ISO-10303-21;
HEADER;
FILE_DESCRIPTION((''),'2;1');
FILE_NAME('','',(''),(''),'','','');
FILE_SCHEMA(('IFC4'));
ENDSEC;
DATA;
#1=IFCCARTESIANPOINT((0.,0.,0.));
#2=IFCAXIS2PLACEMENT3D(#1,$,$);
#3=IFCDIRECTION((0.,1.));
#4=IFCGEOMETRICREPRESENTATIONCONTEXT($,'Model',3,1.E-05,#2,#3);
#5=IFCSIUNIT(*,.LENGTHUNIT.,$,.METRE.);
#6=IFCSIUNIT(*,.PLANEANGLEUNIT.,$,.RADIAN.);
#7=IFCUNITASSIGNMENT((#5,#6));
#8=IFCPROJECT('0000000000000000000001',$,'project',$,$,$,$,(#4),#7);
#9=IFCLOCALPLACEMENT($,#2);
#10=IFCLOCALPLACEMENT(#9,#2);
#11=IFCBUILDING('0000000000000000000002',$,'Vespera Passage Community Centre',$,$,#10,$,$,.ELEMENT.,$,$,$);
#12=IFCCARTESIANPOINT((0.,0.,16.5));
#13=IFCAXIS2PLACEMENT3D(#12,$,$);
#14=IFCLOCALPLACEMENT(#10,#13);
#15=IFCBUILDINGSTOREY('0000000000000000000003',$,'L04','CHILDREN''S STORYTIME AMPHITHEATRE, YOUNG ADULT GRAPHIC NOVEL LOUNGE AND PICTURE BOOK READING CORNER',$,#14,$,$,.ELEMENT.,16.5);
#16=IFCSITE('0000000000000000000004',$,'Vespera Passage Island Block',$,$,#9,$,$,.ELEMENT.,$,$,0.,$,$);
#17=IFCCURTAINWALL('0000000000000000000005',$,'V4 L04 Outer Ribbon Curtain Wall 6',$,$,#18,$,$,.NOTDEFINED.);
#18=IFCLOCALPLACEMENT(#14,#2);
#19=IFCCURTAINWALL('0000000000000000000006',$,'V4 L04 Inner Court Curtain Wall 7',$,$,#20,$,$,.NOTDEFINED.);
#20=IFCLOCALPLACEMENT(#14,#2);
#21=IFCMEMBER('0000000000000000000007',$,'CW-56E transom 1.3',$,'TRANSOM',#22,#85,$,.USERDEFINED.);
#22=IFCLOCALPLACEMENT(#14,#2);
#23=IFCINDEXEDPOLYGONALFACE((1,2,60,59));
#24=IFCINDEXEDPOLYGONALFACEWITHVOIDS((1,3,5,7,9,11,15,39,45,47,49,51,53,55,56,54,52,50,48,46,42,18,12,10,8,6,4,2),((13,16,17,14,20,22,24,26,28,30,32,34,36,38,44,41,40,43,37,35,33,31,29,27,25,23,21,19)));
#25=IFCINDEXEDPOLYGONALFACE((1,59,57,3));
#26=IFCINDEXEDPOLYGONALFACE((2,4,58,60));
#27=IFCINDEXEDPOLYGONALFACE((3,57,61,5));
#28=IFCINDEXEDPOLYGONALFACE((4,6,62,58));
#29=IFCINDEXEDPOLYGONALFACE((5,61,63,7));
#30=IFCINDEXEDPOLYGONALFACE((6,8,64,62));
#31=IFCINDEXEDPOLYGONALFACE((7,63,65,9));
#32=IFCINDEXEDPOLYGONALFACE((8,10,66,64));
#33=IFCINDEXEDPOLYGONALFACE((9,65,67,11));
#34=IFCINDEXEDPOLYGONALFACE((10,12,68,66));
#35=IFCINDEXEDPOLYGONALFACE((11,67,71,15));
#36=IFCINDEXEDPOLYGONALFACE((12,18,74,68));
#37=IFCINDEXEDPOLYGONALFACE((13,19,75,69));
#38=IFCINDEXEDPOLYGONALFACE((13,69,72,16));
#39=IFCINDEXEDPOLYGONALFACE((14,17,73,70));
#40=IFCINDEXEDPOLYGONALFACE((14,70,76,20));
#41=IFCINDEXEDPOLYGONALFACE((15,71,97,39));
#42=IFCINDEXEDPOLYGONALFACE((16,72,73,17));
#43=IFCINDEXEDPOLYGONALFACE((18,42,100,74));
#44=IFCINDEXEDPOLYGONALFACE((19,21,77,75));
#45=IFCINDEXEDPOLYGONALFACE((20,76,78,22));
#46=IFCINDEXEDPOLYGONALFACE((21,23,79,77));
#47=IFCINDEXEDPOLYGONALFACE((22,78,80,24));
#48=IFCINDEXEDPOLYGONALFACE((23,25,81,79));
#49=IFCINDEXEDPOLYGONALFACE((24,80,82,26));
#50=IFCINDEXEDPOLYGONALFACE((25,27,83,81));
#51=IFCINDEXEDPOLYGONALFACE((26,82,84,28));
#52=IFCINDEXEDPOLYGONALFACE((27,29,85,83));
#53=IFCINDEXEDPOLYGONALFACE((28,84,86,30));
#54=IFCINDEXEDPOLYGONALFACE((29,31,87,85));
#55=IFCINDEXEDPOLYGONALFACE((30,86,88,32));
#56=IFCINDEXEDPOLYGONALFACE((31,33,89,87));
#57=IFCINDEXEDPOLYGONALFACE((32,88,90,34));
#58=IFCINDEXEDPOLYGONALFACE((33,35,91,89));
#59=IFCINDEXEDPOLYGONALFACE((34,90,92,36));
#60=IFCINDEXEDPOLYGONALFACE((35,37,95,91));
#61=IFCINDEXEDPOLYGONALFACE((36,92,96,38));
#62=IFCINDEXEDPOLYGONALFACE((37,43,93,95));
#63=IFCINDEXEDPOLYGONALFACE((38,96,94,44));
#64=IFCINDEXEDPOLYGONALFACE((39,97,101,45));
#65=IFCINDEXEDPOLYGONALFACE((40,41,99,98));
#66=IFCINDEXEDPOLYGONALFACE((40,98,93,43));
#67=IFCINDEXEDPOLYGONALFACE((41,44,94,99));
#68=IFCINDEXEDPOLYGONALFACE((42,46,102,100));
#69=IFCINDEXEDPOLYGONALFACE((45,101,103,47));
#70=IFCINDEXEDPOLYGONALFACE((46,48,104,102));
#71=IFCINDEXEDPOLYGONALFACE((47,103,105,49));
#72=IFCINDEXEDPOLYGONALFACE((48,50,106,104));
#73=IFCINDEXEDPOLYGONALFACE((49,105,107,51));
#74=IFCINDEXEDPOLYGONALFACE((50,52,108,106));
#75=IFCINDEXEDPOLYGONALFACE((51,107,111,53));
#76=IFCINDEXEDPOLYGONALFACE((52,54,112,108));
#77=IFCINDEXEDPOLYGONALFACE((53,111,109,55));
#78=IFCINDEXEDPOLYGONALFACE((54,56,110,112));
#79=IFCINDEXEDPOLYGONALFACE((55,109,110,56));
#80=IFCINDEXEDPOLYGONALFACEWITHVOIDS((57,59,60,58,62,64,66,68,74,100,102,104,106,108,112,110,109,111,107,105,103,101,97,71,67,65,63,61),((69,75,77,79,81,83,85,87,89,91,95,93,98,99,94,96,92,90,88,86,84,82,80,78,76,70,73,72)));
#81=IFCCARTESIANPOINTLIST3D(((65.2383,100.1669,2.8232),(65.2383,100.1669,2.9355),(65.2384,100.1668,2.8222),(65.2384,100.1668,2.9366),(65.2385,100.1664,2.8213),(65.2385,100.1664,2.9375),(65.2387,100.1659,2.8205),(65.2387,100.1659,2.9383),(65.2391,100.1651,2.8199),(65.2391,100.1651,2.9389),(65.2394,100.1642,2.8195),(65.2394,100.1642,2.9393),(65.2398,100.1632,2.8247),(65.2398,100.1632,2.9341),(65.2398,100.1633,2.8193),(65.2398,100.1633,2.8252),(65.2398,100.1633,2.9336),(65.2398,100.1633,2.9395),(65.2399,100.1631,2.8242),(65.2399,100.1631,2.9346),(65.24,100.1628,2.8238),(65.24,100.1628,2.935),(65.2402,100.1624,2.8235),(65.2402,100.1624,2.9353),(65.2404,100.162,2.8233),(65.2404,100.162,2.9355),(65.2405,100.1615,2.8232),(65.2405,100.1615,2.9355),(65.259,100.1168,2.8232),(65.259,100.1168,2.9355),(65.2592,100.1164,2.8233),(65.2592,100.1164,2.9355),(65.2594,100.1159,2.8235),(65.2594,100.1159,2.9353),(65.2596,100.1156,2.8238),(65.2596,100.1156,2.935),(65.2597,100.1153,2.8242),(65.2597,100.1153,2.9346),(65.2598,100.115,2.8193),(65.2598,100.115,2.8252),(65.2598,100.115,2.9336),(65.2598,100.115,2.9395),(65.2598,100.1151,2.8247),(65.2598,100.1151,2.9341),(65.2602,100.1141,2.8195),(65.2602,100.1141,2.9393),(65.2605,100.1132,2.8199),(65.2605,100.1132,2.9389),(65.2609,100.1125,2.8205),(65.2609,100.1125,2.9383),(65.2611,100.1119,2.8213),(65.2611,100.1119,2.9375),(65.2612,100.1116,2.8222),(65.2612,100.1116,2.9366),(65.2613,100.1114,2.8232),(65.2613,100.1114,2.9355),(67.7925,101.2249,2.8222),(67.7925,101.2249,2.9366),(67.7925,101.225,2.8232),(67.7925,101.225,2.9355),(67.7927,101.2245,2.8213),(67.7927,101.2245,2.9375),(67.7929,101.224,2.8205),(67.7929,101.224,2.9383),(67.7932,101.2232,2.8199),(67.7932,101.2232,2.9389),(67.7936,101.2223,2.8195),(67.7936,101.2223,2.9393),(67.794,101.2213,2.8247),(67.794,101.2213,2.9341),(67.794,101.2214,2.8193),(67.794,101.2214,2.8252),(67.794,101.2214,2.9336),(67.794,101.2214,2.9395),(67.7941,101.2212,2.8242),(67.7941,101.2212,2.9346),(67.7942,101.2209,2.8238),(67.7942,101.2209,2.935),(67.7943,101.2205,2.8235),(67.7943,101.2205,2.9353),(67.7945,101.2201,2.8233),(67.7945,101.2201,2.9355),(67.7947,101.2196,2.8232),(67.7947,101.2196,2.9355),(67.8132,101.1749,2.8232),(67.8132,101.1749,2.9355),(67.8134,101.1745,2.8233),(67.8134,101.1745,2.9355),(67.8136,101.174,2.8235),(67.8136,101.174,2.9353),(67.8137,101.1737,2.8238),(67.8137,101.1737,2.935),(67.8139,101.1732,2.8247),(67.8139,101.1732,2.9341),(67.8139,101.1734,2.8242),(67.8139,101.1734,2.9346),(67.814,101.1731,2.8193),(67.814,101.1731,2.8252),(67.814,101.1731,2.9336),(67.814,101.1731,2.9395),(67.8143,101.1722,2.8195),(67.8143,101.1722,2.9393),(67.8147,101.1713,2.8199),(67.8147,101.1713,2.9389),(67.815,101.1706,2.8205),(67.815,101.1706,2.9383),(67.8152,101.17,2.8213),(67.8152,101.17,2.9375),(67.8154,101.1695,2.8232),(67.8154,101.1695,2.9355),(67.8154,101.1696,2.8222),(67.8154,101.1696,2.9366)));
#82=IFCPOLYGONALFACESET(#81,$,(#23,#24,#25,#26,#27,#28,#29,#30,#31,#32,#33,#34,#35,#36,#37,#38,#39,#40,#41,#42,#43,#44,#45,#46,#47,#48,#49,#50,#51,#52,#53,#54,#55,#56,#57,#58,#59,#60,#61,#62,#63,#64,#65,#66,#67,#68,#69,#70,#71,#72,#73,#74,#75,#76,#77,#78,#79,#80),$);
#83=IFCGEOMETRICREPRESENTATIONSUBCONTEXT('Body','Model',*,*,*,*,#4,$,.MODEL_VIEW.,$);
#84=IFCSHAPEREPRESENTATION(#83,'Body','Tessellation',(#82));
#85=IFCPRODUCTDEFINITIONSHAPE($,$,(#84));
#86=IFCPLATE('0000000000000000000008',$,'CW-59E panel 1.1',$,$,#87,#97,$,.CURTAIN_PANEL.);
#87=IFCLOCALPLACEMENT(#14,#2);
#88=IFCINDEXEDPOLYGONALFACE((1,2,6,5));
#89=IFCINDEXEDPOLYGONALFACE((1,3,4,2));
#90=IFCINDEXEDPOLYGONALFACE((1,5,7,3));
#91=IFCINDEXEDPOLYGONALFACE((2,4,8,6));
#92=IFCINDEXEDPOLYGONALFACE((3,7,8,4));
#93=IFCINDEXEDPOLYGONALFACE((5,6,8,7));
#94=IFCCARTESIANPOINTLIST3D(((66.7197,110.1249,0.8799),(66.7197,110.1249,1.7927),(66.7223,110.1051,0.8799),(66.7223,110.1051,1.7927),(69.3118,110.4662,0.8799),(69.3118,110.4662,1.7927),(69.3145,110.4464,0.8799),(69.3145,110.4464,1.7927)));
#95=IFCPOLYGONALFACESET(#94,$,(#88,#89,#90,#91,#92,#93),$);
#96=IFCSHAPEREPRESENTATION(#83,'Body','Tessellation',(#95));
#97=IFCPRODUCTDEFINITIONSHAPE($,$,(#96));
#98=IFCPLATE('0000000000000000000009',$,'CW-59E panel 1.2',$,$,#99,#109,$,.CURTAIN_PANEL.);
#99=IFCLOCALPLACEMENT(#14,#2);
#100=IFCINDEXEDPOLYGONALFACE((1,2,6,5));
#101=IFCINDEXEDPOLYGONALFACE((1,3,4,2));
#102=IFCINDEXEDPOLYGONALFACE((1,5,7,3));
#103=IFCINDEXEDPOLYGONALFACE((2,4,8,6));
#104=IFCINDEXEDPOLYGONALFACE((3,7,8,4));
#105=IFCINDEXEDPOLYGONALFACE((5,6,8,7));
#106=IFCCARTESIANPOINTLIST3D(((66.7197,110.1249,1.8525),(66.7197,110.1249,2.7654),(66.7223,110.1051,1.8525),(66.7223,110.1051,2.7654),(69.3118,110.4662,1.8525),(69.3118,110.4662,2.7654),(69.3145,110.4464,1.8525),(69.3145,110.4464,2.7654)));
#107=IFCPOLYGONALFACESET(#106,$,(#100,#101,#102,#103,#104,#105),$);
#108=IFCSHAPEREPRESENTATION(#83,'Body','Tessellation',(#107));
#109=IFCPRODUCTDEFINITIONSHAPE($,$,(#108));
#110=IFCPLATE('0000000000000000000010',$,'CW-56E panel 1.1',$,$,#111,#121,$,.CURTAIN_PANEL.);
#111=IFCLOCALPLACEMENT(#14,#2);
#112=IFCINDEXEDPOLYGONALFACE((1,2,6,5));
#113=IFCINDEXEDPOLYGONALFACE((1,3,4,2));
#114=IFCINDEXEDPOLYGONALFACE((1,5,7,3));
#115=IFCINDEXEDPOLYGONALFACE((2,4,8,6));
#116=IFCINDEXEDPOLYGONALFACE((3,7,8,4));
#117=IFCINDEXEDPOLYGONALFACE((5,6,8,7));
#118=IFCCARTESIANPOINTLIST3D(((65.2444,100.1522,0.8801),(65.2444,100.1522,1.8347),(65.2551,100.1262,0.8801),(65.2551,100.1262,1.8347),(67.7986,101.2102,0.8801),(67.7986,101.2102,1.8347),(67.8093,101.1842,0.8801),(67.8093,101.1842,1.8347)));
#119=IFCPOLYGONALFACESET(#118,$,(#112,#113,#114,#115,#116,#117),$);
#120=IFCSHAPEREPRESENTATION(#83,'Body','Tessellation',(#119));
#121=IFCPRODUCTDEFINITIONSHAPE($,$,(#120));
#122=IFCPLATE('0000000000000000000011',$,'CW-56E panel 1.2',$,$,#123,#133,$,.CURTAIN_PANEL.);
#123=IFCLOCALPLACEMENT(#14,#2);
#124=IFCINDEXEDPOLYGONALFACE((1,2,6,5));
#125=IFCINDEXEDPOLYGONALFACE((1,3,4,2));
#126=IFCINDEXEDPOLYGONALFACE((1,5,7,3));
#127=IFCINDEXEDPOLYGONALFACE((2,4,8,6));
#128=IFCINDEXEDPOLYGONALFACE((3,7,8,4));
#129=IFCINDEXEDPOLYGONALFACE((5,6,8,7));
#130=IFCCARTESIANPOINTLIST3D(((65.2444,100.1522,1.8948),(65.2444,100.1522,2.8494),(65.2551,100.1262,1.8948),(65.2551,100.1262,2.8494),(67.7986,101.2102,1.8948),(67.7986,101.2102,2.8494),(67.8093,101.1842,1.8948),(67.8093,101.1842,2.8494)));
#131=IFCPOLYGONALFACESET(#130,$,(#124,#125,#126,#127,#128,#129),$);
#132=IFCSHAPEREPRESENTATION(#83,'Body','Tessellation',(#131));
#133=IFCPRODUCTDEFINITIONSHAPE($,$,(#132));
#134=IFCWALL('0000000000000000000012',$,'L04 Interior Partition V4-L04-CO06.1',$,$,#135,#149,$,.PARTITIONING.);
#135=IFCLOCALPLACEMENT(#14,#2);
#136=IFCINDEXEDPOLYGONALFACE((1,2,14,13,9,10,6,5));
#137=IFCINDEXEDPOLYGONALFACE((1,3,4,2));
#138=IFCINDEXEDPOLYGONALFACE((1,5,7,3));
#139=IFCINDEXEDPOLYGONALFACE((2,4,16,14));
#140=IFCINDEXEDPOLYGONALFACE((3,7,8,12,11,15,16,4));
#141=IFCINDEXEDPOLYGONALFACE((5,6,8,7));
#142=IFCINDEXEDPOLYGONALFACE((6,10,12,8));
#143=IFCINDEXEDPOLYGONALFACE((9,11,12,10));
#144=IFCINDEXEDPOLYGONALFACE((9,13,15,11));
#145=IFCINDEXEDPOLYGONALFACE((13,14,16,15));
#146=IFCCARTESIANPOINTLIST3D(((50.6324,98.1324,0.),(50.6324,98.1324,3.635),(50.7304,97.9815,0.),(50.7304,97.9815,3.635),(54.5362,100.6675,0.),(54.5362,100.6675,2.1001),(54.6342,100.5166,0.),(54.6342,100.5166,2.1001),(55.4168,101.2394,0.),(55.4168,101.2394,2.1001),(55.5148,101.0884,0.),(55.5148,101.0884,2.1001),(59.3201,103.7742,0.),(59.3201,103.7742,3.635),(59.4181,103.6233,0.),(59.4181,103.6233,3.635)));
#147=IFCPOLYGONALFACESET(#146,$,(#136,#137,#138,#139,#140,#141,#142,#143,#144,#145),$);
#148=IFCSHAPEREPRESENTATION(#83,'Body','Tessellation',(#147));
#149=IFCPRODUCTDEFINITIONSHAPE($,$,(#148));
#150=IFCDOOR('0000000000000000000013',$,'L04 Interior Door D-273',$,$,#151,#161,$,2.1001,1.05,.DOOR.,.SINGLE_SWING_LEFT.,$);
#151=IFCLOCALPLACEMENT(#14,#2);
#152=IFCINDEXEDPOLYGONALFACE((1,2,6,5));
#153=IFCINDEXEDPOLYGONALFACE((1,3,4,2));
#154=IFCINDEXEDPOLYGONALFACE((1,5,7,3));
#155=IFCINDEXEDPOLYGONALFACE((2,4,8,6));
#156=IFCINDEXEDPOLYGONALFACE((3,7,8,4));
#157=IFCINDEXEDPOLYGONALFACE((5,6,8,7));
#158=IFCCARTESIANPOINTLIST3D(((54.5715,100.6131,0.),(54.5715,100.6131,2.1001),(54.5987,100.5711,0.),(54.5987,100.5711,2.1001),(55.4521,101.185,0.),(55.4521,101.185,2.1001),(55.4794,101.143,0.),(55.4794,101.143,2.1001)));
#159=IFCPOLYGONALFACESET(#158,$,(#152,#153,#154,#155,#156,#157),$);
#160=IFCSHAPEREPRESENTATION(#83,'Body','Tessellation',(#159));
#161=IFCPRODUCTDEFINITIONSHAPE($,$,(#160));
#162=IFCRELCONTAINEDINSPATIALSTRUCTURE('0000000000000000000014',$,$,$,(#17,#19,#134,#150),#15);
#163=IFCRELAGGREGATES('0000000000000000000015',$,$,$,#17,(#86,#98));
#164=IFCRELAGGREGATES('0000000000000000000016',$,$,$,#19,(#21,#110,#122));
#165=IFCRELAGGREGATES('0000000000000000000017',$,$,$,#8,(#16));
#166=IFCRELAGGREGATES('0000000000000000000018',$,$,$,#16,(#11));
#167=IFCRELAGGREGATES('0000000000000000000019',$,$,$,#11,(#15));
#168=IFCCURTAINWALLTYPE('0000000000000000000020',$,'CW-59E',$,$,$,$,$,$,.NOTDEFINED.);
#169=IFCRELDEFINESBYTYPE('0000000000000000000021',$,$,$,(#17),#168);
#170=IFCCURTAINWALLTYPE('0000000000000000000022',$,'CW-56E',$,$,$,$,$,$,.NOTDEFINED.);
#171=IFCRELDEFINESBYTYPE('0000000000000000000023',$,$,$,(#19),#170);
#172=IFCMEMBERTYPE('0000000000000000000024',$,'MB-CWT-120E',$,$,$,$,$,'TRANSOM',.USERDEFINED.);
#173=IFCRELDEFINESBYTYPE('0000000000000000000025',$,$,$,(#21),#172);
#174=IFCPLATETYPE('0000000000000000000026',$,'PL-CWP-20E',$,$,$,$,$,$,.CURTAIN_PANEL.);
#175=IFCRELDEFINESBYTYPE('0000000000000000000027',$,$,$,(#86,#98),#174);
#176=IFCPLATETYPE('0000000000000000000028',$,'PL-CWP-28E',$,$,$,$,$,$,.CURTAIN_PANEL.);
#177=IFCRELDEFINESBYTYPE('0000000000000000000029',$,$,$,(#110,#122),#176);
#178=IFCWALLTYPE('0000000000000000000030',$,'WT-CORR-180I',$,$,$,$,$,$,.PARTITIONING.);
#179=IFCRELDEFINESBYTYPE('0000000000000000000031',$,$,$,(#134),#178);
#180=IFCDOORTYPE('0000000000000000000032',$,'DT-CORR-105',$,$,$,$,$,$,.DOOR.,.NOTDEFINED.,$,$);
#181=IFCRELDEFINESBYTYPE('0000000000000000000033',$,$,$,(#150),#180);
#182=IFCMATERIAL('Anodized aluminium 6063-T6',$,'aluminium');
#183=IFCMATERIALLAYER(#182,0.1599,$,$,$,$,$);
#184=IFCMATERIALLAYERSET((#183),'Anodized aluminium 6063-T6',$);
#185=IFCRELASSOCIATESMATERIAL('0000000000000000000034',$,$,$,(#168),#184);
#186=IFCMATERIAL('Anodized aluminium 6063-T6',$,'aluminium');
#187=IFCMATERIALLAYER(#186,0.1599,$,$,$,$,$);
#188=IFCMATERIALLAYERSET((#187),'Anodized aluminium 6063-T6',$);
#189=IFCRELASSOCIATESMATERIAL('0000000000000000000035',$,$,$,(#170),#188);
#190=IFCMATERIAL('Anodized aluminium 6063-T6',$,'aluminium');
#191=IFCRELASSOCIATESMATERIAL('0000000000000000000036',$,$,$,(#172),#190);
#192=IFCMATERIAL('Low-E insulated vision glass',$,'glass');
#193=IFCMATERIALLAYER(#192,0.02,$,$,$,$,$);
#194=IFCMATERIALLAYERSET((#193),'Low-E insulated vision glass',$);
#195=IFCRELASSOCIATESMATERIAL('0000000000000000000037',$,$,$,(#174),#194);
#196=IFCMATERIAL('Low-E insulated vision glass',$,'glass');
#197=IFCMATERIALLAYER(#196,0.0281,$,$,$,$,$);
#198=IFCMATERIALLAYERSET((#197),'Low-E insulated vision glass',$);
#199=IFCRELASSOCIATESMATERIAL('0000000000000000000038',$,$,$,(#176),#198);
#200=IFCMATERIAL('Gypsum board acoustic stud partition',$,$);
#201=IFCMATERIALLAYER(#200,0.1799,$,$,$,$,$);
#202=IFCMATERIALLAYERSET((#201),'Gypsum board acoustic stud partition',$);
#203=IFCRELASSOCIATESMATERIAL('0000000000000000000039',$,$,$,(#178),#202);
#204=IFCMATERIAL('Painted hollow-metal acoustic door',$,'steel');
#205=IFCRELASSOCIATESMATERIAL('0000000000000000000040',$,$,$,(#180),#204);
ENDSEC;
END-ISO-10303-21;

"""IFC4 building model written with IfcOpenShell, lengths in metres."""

from ifc_helpers import new_model, si_unit, direction, frame, frame_2d, origin, origin_2d, place, context, subcontext, project, spatial, rectangle, hollow_rectangle, extrude, material, layer, layer_set, material_profile, profile_set, type_object, element, fill, aggregate, save


model = new_model("IFC4")

# Units and contexts
model_context = context("Model", 3, precision=1e-05, world=origin(), true_north=direction((0.0, 1.0)))
body_context = subcontext(model_context, "Body", "Model", "MODEL_VIEW")
ifc_project = project(units=[si_unit("LENGTHUNIT", "METRE"), si_unit("PLANEANGLEUNIT", "RADIAN")], contexts=[model_context])

# Site, building, storey
site_placement = place(None, origin())
site = spatial("IfcSite", under=ifc_project, at=site_placement, Name="Vespera Passage Island Block", CompositionType="ELEMENT", RefElevation=0.0)
building_placement = place(site_placement, origin())
building = spatial("IfcBuilding", under=site, at=building_placement, Name="Vespera Passage Community Centre", CompositionType="ELEMENT")
storey_placement = place(building_placement, frame((0.0, 0.0, 16.5)))
storey = spatial("IfcBuildingStorey", under=building, at=storey_placement, Name="L04", Description="CHILDREN'S STORYTIME AMPHITHEATRE, YOUNG ADULT GRAPHIC NOVEL LOUNGE AND PICTURE BOOK READING CORNER", CompositionType="ELEMENT", Elevation=16.5)

# Curtain wall
ifc_material_1 = material(Name="Anodized aluminium 6063-T6", Category="aluminium")
ifc_layer_1 = layer(ifc_material_1, 0.1599)
ifc_layer_set_1 = layer_set([ifc_layer_1], Name="Anodized aluminium 6063-T6")
curtain_wall_type_1 = type_object("IfcCurtainWallType", Name="CW-59E", PredefinedType="NOTDEFINED", material=ifc_layer_set_1)
curtain_wall_1_placement = place(storey_placement, origin())
curtain_wall_1 = element("IfcCurtainWall", 1, at=curtain_wall_1_placement, inside=storey, type_object=curtain_wall_type_1, Name="V4 L04 Outer Ribbon Curtain Wall 6", PredefinedType="NOTDEFINED")

# Curtain wall
ifc_material_2 = material(Name="Anodized aluminium 6063-T6", Category="aluminium")
ifc_layer_2 = layer(ifc_material_2, 0.1599)
ifc_layer_set_2 = layer_set([ifc_layer_2], Name="Anodized aluminium 6063-T6")
curtain_wall_type_2 = type_object("IfcCurtainWallType", Name="CW-56E", PredefinedType="NOTDEFINED", material=ifc_layer_set_2)
curtain_wall_2_placement = place(storey_placement, origin())
curtain_wall_2 = element("IfcCurtainWall", 2, at=curtain_wall_2_placement, inside=storey, type_object=curtain_wall_type_2, Name="V4 L04 Inner Court Curtain Wall 7", PredefinedType="NOTDEFINED")

# Member
ifc_material_3 = material(Name="Anodized aluminium 6063-T6", Category="aluminium")
ifc_material_profile_1 = material_profile(ifc_material_3, hollow_rectangle(XDim=0.0601, YDim=0.1201, WallThickness=0.0039, InnerFilletRadius=0.002, OuterFilletRadius=0.0039, at=origin_2d()), Name="ALU120X60X4")
ifc_profile_set_1 = profile_set([ifc_material_profile_1], Name="Anodized aluminium 6063-T6")
member_type_1 = type_object("IfcMemberType", Name="MB-CWT-120E", ElementType="TRANSOM", PredefinedType="USERDEFINED", material=ifc_profile_set_1)
member_1_placement = place(storey_placement, frame((67.804, 101.1973, 2.8794), z_axis=(-0.923864, -0.382721, 0.0), x_axis=(0.382721, -0.923864, 0.0)))
member_1 = element("IfcMember", 3, at=member_1_placement, type_object=member_type_1, Name="CW-56E transom 1.3", ObjectType="TRANSOM", PredefinedType="USERDEFINED", context=body_context, shape_type="SweptSolid", body=[
    extrude(hollow_rectangle(XDim=0.0601, YDim=0.1201, WallThickness=0.0039, InnerFilletRadius=0.002, OuterFilletRadius=0.0039, at=origin_2d()), origin(), (0.0, 0.0, 1.0), 2.7646),
])

# Plates
ifc_material_4 = material(Name="Low-E insulated vision glass", Category="glass")
ifc_layer_3 = layer(ifc_material_4, 0.02)
ifc_layer_set_3 = layer_set([ifc_layer_3], Name="Low-E insulated vision glass")
plate_type_1 = type_object("IfcPlateType", Name="PL-CWP-20E", PredefinedType="CURTAIN_PANEL", material=ifc_layer_set_3)
plate_1_placement = place(storey_placement, frame((68.0171, 110.2856, 0.8799), z_axis=(0.0, 0.0, 1.0), x_axis=(0.991444, 0.130531, 0.0)))
plate_1 = element("IfcPlate", 4, at=plate_1_placement, type_object=plate_type_1, Name="CW-59E panel 1.1", PredefinedType="CURTAIN_PANEL", context=body_context, shape_type="SweptSolid", body=[
    extrude(rectangle(XDim=2.6145, YDim=0.02, at=origin_2d()), origin(), (0.0, 0.0, 1.0), 0.9128),
])
plate_2_placement = place(storey_placement, frame((68.0171, 110.2856, 1.8525), z_axis=(0.0, 0.0, 1.0), x_axis=(0.991444, 0.130531, 0.0)))
plate_2 = element("IfcPlate", 5, at=plate_2_placement, type_object=plate_type_1, Name="CW-59E panel 1.2", PredefinedType="CURTAIN_PANEL", context=body_context, shape_type="SweptSolid", body=[
    extrude(rectangle(XDim=2.6145, YDim=0.02, at=origin_2d()), origin(), (0.0, 0.0, 1.0), 0.9128),
])
aggregate(curtain_wall_1, [plate_1, plate_2])
ifc_material_5 = material(Name="Low-E insulated vision glass", Category="glass")
ifc_layer_4 = layer(ifc_material_5, 0.0281)
ifc_layer_set_4 = layer_set([ifc_layer_4], Name="Low-E insulated vision glass")
plate_type_2 = type_object("IfcPlateType", Name="PL-CWP-28E", PredefinedType="CURTAIN_PANEL", material=ifc_layer_set_4)
plate_3_placement = place(storey_placement, frame((66.5269, 100.6682, 0.8801), z_axis=(0.0, 0.0, 1.0), x_axis=(-0.923877, -0.38269, 0.0)))
plate_3 = element("IfcPlate", 6, at=plate_3_placement, type_object=plate_type_2, Name="CW-56E panel 1.1", PredefinedType="CURTAIN_PANEL", context=body_context, shape_type="SweptSolid", body=[
    extrude(rectangle(XDim=2.7646, YDim=0.0281, at=origin_2d()), origin(), (0.0, 0.0, 1.0), 0.9546),
])
plate_4_placement = place(storey_placement, frame((66.5269, 100.6682, 1.8948), z_axis=(0.0, 0.0, 1.0), x_axis=(-0.923877, -0.38269, 0.0)))
plate_4 = element("IfcPlate", 7, at=plate_4_placement, type_object=plate_type_2, Name="CW-56E panel 1.2", PredefinedType="CURTAIN_PANEL", context=body_context, shape_type="SweptSolid", body=[
    extrude(rectangle(XDim=2.7646, YDim=0.0281, at=origin_2d()), origin(), (0.0, 0.0, 1.0), 0.9546),
])
aggregate(curtain_wall_2, [member_1, plate_3, plate_4])

# Wall, opening, door
ifc_material_6 = material(Name="Gypsum board acoustic stud partition")
ifc_layer_5 = layer(ifc_material_6, 0.1799)
ifc_layer_set_5 = layer_set([ifc_layer_5], Name="Gypsum board acoustic stud partition")
wall_type_1 = type_object("IfcWallType", Name="WT-CORR-180I", PredefinedType="PARTITIONING", material=ifc_layer_set_5)
wall_1_placement = place(storey_placement, frame((59.3691, 103.6987, 0.0), z_axis=(0.0, 0.0, 1.0), x_axis=(-0.838672, -0.544636, 0.0)))
wall_1 = element("IfcWall", 8, at=wall_1_placement, inside=storey, type_object=wall_type_1, Name="L04 Interior Partition V4-L04-CO06.1", PredefinedType="PARTITIONING", context=body_context, shape_type="SweptSolid", body=[
    extrude(rectangle(XDim=10.3589, YDim=0.1799, at=frame_2d((5.1794, 0.0))), origin(), (0.0, 0.0, 1.0), 3.635),
])
opening_1_placement = place(wall_1_placement, frame((4.6543, 0.0, 0.0)))
opening_1 = element("IfcOpeningElement", 9, at=opening_1_placement, cuts=wall_1, PredefinedType="OPENING", context=body_context, shape_type="SweptSolid", body=[
    extrude(rectangle(XDim=1.05, YDim=2.1001, at=frame_2d((0.5249, 1.05))), frame((0.0, 0.0999, 0.0), z_axis=(0.0, -1.0, 0.0), x_axis=(1.0, 0.0, 0.0)), (0.0, 0.0, 1.0), 0.2),
])
ifc_material_7 = material(Name="Painted hollow-metal acoustic door", Category="steel")
door_type_1 = type_object("IfcDoorType", Name="DT-CORR-105", OperationType="NOTDEFINED", PredefinedType="DOOR", material=ifc_material_7)
door_1_placement = place(opening_1_placement, origin())
door_1 = element("IfcDoor", 10, at=door_1_placement, inside=storey, type_object=door_type_1, Name="L04 Interior Door D-273", OperationType="SINGLE_SWING_LEFT", OverallHeight=2.1001, OverallWidth=1.05, PredefinedType="DOOR", context=body_context, shape_type="SweptSolid", body=[
    extrude(rectangle(XDim=1.05, YDim=2.1001, at=frame_2d((0.5249, 1.05))), frame((0.0, 0.0249, 0.0), z_axis=(0.0, -1.0, 0.0), x_axis=(1.0, 0.0, 0.0)), (0.0, 0.0, 1.0), 0.05),
])
fill(opening_1, door_1)

save(model, "model.ifc")
